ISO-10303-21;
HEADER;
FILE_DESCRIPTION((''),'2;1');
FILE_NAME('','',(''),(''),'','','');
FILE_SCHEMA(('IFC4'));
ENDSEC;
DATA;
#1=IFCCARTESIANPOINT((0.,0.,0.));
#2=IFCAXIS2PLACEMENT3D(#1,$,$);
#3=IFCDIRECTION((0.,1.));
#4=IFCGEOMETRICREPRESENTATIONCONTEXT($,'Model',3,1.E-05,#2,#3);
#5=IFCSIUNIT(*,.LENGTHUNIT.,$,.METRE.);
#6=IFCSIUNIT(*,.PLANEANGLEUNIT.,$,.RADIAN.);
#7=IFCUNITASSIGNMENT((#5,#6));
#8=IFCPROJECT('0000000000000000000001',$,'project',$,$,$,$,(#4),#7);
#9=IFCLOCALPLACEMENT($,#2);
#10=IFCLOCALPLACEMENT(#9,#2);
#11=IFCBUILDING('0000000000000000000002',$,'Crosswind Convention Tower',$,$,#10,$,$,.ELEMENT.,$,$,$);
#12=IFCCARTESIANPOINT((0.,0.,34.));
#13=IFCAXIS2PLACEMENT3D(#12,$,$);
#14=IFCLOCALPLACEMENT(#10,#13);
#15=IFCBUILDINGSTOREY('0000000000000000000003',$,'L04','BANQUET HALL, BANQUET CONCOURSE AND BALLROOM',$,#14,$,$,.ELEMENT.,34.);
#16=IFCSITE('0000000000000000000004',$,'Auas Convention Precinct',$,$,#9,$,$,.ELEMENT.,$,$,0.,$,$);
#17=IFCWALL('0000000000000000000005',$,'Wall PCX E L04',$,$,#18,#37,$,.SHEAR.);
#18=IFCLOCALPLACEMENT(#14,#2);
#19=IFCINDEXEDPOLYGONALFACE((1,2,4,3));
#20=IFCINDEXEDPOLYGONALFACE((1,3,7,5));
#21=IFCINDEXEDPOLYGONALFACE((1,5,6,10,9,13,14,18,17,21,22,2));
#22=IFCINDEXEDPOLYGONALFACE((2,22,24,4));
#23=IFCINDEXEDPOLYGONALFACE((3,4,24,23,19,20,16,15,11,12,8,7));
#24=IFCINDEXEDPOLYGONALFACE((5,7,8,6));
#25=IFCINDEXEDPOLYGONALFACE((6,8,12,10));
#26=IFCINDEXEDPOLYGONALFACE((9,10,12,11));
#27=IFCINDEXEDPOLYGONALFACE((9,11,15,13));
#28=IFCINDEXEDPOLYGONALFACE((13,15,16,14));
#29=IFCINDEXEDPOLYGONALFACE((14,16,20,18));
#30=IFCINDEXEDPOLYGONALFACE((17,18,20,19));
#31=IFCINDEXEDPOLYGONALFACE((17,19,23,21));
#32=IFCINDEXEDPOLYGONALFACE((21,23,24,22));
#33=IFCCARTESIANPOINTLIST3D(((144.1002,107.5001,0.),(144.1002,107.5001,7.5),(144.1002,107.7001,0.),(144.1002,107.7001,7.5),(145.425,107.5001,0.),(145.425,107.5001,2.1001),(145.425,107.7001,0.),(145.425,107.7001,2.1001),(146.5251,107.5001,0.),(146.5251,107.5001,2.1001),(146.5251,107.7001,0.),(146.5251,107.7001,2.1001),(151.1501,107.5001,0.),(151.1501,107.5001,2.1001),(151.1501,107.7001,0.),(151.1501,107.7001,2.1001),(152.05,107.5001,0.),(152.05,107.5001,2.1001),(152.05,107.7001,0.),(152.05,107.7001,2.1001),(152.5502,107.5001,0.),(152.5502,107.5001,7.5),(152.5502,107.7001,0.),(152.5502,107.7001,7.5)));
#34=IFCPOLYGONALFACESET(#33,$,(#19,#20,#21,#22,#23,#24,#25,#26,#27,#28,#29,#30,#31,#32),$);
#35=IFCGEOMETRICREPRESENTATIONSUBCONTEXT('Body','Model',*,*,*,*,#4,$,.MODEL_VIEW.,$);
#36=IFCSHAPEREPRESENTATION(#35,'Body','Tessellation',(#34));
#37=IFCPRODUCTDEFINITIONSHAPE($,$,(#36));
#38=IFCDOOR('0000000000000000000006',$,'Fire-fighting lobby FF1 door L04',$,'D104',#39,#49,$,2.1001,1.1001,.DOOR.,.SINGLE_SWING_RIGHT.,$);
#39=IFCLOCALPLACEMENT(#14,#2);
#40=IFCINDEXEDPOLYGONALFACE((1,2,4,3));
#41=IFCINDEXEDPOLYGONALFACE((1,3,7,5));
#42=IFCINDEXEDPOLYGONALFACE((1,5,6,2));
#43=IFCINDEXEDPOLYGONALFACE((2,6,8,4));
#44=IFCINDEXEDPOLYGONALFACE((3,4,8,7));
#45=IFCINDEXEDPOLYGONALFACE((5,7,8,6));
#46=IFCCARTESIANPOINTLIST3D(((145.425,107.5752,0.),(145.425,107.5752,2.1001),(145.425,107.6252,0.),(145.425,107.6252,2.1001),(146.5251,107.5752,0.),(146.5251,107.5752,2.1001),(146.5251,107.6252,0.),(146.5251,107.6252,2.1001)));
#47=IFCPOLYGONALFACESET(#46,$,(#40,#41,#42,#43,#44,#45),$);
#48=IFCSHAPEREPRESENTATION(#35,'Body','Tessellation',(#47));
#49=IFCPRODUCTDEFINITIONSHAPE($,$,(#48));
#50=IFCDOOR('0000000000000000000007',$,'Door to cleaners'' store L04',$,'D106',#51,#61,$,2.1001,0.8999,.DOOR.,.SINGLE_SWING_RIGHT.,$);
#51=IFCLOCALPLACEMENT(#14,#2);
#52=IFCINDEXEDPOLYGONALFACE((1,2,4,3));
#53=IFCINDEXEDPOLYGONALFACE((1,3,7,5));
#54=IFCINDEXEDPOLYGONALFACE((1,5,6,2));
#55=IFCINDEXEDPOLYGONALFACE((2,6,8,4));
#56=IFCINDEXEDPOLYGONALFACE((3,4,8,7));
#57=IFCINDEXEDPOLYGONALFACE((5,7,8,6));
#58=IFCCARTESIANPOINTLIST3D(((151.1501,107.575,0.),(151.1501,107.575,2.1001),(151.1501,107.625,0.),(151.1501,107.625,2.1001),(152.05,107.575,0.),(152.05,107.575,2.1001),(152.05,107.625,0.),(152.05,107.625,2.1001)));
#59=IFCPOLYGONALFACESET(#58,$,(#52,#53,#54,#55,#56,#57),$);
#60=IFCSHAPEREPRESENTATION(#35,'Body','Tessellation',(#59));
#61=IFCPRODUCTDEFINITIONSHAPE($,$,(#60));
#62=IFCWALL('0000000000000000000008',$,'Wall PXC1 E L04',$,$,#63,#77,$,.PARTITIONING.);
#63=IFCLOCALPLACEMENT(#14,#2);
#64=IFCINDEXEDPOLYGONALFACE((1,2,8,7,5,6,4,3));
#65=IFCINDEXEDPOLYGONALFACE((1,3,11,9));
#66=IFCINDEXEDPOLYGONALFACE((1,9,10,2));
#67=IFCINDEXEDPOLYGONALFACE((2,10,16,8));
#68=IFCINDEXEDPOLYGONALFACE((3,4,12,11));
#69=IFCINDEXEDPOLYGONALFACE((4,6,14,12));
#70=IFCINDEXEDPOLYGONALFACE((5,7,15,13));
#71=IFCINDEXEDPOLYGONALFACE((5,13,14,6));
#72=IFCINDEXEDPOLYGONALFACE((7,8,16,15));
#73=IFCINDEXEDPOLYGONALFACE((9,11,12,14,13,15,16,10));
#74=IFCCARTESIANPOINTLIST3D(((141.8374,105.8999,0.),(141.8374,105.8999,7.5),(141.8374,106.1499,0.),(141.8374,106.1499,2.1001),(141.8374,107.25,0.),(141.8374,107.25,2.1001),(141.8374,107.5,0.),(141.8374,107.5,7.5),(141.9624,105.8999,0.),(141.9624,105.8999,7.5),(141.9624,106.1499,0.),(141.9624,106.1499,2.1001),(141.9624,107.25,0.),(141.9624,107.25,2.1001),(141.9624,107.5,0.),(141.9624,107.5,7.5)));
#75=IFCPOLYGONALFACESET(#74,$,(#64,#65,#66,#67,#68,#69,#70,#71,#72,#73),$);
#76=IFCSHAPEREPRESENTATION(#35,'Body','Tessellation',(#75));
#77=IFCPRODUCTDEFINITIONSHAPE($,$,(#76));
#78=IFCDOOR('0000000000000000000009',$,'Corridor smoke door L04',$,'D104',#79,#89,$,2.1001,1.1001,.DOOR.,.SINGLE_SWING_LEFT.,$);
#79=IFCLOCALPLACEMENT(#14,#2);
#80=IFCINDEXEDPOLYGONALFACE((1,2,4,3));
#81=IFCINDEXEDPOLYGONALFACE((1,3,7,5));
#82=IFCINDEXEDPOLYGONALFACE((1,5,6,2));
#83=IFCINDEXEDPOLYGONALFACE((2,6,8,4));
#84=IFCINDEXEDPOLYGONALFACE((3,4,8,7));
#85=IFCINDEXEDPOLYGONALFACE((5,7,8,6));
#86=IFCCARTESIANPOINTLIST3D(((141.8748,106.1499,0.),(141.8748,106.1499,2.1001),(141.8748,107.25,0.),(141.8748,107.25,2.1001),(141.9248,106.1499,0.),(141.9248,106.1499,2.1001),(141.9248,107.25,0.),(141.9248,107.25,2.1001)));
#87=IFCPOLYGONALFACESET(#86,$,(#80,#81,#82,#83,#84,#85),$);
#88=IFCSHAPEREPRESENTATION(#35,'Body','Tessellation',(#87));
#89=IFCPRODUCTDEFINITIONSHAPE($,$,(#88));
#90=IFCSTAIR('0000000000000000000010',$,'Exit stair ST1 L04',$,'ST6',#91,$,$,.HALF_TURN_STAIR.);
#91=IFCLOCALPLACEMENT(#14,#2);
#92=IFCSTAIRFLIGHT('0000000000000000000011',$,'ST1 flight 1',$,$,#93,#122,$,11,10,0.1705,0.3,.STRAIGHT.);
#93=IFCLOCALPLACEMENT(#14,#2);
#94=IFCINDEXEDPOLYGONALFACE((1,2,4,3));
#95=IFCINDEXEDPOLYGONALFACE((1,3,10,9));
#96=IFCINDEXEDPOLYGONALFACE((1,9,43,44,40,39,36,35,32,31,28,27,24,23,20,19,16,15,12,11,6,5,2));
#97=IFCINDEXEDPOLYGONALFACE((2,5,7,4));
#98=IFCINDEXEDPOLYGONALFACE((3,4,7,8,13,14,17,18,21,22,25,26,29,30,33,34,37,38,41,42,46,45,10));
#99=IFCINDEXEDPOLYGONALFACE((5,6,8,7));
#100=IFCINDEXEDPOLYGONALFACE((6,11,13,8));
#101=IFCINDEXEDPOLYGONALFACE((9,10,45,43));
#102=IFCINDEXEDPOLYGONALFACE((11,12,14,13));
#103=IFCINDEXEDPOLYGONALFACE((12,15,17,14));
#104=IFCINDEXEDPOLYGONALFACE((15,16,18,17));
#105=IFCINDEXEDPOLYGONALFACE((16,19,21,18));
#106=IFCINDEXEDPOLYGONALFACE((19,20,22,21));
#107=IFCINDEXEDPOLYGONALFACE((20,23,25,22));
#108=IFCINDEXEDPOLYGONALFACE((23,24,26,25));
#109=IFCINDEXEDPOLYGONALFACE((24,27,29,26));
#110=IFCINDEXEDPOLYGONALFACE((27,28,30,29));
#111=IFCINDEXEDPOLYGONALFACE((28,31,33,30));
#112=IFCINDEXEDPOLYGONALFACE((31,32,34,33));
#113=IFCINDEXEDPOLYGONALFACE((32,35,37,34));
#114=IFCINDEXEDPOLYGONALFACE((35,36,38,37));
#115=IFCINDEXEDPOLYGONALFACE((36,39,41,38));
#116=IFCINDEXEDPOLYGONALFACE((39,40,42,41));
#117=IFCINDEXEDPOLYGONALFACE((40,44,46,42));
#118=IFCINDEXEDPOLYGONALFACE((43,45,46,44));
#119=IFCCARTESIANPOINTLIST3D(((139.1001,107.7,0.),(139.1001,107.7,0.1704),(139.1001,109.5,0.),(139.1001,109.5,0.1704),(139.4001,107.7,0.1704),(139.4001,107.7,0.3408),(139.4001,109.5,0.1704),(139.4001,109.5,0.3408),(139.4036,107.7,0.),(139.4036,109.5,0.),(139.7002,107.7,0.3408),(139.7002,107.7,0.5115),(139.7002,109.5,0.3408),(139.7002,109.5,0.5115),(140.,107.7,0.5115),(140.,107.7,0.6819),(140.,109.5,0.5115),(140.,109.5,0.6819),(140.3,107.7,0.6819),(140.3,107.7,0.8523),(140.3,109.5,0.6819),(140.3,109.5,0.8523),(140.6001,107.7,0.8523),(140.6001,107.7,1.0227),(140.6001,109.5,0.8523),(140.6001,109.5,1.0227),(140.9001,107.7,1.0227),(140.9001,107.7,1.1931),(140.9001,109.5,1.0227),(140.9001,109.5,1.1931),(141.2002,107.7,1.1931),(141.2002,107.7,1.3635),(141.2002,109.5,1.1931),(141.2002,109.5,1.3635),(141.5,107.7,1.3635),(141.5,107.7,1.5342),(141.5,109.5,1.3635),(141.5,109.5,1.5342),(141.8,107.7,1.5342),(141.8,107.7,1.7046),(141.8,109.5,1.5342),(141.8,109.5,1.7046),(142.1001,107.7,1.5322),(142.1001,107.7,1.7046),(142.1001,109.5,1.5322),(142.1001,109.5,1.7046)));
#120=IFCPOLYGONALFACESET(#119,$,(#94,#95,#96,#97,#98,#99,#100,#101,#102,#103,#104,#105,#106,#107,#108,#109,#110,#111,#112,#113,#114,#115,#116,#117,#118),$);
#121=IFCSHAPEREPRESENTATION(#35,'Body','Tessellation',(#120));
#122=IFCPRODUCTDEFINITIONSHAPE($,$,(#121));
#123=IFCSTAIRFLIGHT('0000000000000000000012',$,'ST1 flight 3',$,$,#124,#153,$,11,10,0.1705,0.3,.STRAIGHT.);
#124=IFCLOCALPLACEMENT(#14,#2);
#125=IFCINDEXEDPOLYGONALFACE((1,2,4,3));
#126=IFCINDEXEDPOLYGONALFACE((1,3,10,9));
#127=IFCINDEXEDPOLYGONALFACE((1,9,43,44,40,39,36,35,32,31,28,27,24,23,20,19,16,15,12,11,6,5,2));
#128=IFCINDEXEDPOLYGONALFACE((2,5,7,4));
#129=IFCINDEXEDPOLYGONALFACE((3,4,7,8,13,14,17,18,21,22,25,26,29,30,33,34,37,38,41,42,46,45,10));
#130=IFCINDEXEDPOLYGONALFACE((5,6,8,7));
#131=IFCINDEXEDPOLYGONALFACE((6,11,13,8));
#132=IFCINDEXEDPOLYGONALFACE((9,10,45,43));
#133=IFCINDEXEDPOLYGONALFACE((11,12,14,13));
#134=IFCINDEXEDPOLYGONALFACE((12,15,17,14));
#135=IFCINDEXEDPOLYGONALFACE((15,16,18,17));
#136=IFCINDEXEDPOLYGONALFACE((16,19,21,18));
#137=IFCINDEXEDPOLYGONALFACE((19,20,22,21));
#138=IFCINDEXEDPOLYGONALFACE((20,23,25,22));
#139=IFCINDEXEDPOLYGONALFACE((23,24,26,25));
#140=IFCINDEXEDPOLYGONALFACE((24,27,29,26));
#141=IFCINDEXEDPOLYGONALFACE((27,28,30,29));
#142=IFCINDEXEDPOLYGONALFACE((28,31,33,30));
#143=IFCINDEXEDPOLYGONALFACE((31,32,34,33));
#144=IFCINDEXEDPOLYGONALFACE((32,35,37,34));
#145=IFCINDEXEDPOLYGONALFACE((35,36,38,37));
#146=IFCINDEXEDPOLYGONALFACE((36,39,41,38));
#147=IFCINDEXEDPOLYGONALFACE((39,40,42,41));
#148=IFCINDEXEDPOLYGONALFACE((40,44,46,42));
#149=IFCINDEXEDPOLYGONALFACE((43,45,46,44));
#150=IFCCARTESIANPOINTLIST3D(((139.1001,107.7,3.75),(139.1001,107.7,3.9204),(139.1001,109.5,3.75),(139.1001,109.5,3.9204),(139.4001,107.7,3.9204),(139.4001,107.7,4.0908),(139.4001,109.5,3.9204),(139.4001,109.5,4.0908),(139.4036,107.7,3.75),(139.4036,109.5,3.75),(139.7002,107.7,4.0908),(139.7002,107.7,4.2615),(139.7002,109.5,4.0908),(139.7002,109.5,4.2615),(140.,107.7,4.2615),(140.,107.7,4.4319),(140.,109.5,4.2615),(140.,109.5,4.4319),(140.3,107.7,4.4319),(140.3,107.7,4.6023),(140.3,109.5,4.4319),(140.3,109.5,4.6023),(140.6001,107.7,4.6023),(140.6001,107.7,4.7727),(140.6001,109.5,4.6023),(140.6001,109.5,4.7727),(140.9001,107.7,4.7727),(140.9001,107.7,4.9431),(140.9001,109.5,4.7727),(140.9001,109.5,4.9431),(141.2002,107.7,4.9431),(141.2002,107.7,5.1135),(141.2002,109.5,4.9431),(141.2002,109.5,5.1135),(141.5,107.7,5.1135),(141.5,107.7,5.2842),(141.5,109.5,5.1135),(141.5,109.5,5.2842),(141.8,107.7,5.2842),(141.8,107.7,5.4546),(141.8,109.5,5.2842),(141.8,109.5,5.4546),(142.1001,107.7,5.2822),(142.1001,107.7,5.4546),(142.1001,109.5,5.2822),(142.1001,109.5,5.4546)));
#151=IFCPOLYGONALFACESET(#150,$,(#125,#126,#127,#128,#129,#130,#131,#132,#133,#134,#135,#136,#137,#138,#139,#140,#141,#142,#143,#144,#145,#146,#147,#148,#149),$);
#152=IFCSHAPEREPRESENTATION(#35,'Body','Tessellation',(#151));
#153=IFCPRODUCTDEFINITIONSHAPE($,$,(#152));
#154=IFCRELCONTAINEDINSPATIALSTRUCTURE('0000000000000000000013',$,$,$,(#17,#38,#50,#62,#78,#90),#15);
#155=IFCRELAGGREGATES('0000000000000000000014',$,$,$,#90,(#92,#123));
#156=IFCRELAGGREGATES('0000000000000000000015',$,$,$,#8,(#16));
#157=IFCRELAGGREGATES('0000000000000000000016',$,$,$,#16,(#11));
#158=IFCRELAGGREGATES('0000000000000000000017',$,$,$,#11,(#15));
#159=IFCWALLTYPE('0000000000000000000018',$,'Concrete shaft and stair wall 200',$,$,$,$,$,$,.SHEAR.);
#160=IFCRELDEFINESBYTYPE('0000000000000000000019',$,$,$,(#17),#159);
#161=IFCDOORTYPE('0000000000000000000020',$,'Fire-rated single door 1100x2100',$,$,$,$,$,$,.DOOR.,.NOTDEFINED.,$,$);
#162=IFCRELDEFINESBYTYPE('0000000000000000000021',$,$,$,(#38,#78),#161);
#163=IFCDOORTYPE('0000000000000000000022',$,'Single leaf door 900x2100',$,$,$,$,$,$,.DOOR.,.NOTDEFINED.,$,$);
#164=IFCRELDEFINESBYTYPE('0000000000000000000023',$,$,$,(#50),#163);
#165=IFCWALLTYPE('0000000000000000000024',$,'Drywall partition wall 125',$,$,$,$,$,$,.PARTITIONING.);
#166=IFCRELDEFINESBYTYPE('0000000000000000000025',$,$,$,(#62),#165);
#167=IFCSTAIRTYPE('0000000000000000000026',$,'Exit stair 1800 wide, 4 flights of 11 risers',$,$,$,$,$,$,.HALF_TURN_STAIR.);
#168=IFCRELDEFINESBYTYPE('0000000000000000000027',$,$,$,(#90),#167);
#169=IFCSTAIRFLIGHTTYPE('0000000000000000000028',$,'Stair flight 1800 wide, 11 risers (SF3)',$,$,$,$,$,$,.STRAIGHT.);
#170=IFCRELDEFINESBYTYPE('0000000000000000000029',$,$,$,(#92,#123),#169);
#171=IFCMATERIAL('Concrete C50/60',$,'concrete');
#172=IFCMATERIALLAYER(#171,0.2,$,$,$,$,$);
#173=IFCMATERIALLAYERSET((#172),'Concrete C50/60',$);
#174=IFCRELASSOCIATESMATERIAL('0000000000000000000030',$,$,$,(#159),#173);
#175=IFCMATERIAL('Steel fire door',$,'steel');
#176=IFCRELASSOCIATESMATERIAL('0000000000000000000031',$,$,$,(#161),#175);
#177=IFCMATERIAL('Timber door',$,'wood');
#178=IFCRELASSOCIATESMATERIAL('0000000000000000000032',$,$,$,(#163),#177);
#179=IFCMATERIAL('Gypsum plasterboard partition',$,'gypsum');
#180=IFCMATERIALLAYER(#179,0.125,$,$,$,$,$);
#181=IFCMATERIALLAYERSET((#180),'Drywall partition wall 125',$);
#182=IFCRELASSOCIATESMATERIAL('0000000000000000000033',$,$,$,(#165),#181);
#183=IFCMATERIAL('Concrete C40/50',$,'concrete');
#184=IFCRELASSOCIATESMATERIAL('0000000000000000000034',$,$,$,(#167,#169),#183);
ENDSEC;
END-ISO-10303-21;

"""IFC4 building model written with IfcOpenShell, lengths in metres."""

from ifc_helpers import new_model, si_unit, direction, frame, frame_2d, origin, place, context, subcontext, project, spatial, polyline, rectangle, outline, extrude, material, layer, layer_set, type_object, element, fill, aggregate, save


model = new_model("IFC4")

# Units and contexts
model_context = context("Model", 3, precision=1e-05, world=origin(), true_north=direction((0.0, 1.0)))
body_context = subcontext(model_context, "Body", "Model", "MODEL_VIEW")
ifc_project = project(units=[si_unit("LENGTHUNIT", "METRE"), si_unit("PLANEANGLEUNIT", "RADIAN")], contexts=[model_context])

# Site, building, storey
site_placement = place(None, origin())
site = spatial("IfcSite", under=ifc_project, at=site_placement, Name="Auas Convention Precinct", CompositionType="ELEMENT", RefElevation=0.0)
building_placement = place(site_placement, origin())
building = spatial("IfcBuilding", under=site, at=building_placement, Name="Crosswind Convention Tower", CompositionType="ELEMENT")
storey_placement = place(building_placement, frame((0.0, 0.0, 34.0)))
storey = spatial("IfcBuildingStorey", under=building, at=storey_placement, Name="L04", Description="BANQUET HALL, BANQUET CONCOURSE AND BALLROOM", CompositionType="ELEMENT", Elevation=34.0)

# Shared definitions
ifc_material_1 = material(Name="Concrete C50/60", Category="concrete")
ifc_layer_1 = layer(ifc_material_1, 0.2)
ifc_layer_set_1 = layer_set([ifc_layer_1], Name="Concrete C50/60")
wall_type_1 = type_object("IfcWallType", Name="Concrete shaft and stair wall 200", PredefinedType="SHEAR", material=ifc_layer_set_1)

# Wall, openings, doors
wall_1_placement = place(storey_placement, frame((144.1001, 107.6001, 0.0), z_axis=(0.0, 0.0, 1.0), x_axis=(1.0, 0.0, 0.0)))
wall_1 = element("IfcWall", 1, at=wall_1_placement, inside=storey, type_object=wall_type_1, Name="Wall PCX E L04", PredefinedType="SHEAR", context=body_context, shape_type="SweptSolid", body=[
    extrude(rectangle(XDim=8.45, YDim=0.2, at=frame_2d((4.2251, 0.0))), origin(), (0.0, 0.0, 1.0), 7.5),
])
opening_1_placement = place(wall_1_placement, frame((1.325, 0.0, 0.0)))
opening_1 = element("IfcOpeningElement", 2, at=opening_1_placement, cuts=wall_1, PredefinedType="OPENING", context=body_context, shape_type="SweptSolid", body=[
    extrude(rectangle(XDim=1.1001, YDim=2.1001, at=frame_2d((0.55, 1.05))), frame((0.0, 0.1099, 0.0), z_axis=(0.0, -1.0, 0.0), x_axis=(1.0, 0.0, 0.0)), (0.0, 0.0, 1.0), 0.22),
])
opening_2_placement = place(wall_1_placement, frame((7.05, 0.0, 0.0)))
opening_2 = element("IfcOpeningElement", 3, at=opening_2_placement, cuts=wall_1, PredefinedType="OPENING", context=body_context, shape_type="SweptSolid", body=[
    extrude(rectangle(XDim=0.8999, YDim=2.1001, at=frame_2d((0.45, 1.05))), frame((0.0, 0.1099, 0.0), z_axis=(0.0, -1.0, 0.0), x_axis=(1.0, 0.0, 0.0)), (0.0, 0.0, 1.0), 0.22),
])
ifc_material_2 = material(Name="Steel fire door", Category="steel")
door_type_1 = type_object("IfcDoorType", Name="Fire-rated single door 1100x2100", OperationType="NOTDEFINED", PredefinedType="DOOR", material=ifc_material_2)
door_1_placement = place(opening_1_placement, frame((1.1001, 0.0, 0.0), z_axis=(0.0, 0.0, 1.0), x_axis=(-1.0, 0.0, 0.0)))
door_1 = element("IfcDoor", 4, at=door_1_placement, inside=storey, type_object=door_type_1, Name="Fire-fighting lobby FF1 door L04", ObjectType="D104", OperationType="SINGLE_SWING_RIGHT", OverallHeight=2.1001, OverallWidth=1.1001, PredefinedType="DOOR", context=body_context, shape_type="SweptSolid", body=[
    extrude(rectangle(XDim=1.1001, YDim=2.1001, at=frame_2d((0.55, 1.05))), frame((0.0, 0.0249, 0.0), z_axis=(0.0, -1.0, 0.0), x_axis=(1.0, 0.0, 0.0)), (0.0, 0.0, 1.0), 0.05),
])
fill(opening_1, door_1)
ifc_material_3 = material(Name="Timber door", Category="wood")
door_type_2 = type_object("IfcDoorType", Name="Single leaf door 900x2100", OperationType="NOTDEFINED", PredefinedType="DOOR", material=ifc_material_3)
door_2_placement = place(opening_2_placement, origin())
door_2 = element("IfcDoor", 5, at=door_2_placement, inside=storey, type_object=door_type_2, Name="Door to cleaners' store L04", ObjectType="D106", OperationType="SINGLE_SWING_RIGHT", OverallHeight=2.1001, OverallWidth=0.8999, PredefinedType="DOOR", context=body_context, shape_type="SweptSolid", body=[
    extrude(rectangle(XDim=0.8999, YDim=2.1001, at=frame_2d((0.45, 1.05))), frame((0.0, 0.0249, 0.0), z_axis=(0.0, -1.0, 0.0), x_axis=(1.0, 0.0, 0.0)), (0.0, 0.0, 1.0), 0.05),
])
fill(opening_2, door_2)

# Wall, opening, door
ifc_material_4 = material(Name="Gypsum plasterboard partition", Category="gypsum")
ifc_layer_2 = layer(ifc_material_4, 0.125)
ifc_layer_set_2 = layer_set([ifc_layer_2], Name="Drywall partition wall 125")
wall_type_2 = type_object("IfcWallType", Name="Drywall partition wall 125", PredefinedType="PARTITIONING", material=ifc_layer_set_2)
wall_2_placement = place(storey_placement, frame((141.8999, 105.8999, 0.0), z_axis=(0.0, 0.0, 1.0), x_axis=(0.0, 1.0, 0.0)))
wall_2 = element("IfcWall", 6, at=wall_2_placement, inside=storey, type_object=wall_type_2, Name="Wall PXC1 E L04", PredefinedType="PARTITIONING", context=body_context, shape_type="SweptSolid", body=[
    extrude(rectangle(XDim=1.6001, YDim=0.125, at=frame_2d((0.8, 0.0))), origin(), (0.0, 0.0, 1.0), 7.5),
])
opening_3_placement = place(wall_2_placement, frame((0.25, 0.0, 0.0)))
opening_3 = element("IfcOpeningElement", 7, at=opening_3_placement, cuts=wall_2, PredefinedType="OPENING", context=body_context, shape_type="SweptSolid", body=[
    extrude(rectangle(XDim=1.1001, YDim=2.1001, at=frame_2d((0.55, 1.05))), frame((0.0, 0.0725, 0.0), z_axis=(0.0, -1.0, 0.0), x_axis=(1.0, 0.0, 0.0)), (0.0, 0.0, 1.0), 0.145),
])
door_3_placement = place(opening_3_placement, frame((1.1001, 0.0, 0.0), z_axis=(0.0, 0.0, 1.0), x_axis=(-1.0, 0.0, 0.0)))
door_3 = element("IfcDoor", 8, at=door_3_placement, inside=storey, type_object=door_type_1, Name="Corridor smoke door L04", ObjectType="D104", OperationType="SINGLE_SWING_LEFT", OverallHeight=2.1001, OverallWidth=1.1001, PredefinedType="DOOR", context=body_context, shape_type="SweptSolid", body=[
    extrude(rectangle(XDim=1.1001, YDim=2.1001, at=frame_2d((0.55, 1.05))), frame((0.0, 0.0249, 0.0), z_axis=(0.0, -1.0, 0.0), x_axis=(1.0, 0.0, 0.0)), (0.0, 0.0, 1.0), 0.05),
])
fill(opening_3, door_3)

# Stair, stair flights
ifc_material_5 = material(Name="Concrete C40/50", Category="concrete")
stair_type = type_object("IfcStairType", Name="Exit stair 1800 wide, 4 flights of 11 risers", PredefinedType="HALF_TURN_STAIR", material=ifc_material_5)
stair_placement = place(storey_placement, origin())
stair = element("IfcStair", 9, at=stair_placement, inside=storey, type_object=stair_type, Name="Exit stair ST1 L04", ObjectType="ST6", PredefinedType="HALF_TURN_STAIR")
stair_flight_type = type_object("IfcStairFlightType", Name="Stair flight 1800 wide, 11 risers (SF3)", PredefinedType="STRAIGHT", material=ifc_material_5)
stair_flight_1_placement = place(storey_placement, frame((139.1001, 108.6001, 0.0), z_axis=(0.0, 0.0, 1.0), x_axis=(1.0, 0.0, 0.0)))
stair_flight_1 = element("IfcStairFlight", 10, at=stair_flight_1_placement, type_object=stair_flight_type, Name="ST1 flight 1", NumberOfRisers=11, NumberOfTreads=10, PredefinedType="STRAIGHT", RiserHeight=0.1705, TreadLength=0.3, context=body_context, shape_type="SweptSolid", body=[
    extrude(outline(polyline([(0.0, 0.0), (0.0, 0.1704), (0.3, 0.1704), (0.3, 0.3408), (0.6001, 0.3408), (0.6001, 0.5115), (0.8999, 0.5115), (0.8999, 0.6819), (1.2, 0.6819), (1.2, 0.8523), (1.5, 0.8523), (1.5, 1.0227), (1.8, 1.0227), (1.8, 1.1931), (2.1001, 1.1931), (2.1001, 1.3635), (2.3999, 1.3635), (2.3999, 1.5342), (2.7, 1.5342), (2.7, 1.7046), (3.0, 1.7046), (3.0, 1.875), (3.0, 1.5322), (0.3035, 0.0), (0.0, 0.0)])), frame((0.0, 0.8999, 0.0), z_axis=(0.0, -1.0, 0.0), x_axis=(1.0, 0.0, 0.0)), (0.0, 0.0, 1.0), 1.8),
])
stair_flight_2_placement = place(storey_placement, frame((139.1001, 108.6001, 3.75), z_axis=(0.0, 0.0, 1.0), x_axis=(1.0, 0.0, 0.0)))
stair_flight_2 = element("IfcStairFlight", 11, at=stair_flight_2_placement, type_object=stair_flight_type, Name="ST1 flight 3", NumberOfRisers=11, NumberOfTreads=10, PredefinedType="STRAIGHT", RiserHeight=0.1705, TreadLength=0.3, context=body_context, shape_type="SweptSolid", body=[
    extrude(outline(polyline([(0.0, 0.0), (0.0, 0.1704), (0.3, 0.1704), (0.3, 0.3408), (0.6001, 0.3408), (0.6001, 0.5115), (0.8999, 0.5115), (0.8999, 0.6819), (1.2, 0.6819), (1.2, 0.8523), (1.5, 0.8523), (1.5, 1.0227), (1.8, 1.0227), (1.8, 1.1931), (2.1001, 1.1931), (2.1001, 1.3635), (2.3999, 1.3635), (2.3999, 1.5342), (2.7, 1.5342), (2.7, 1.7046), (3.0, 1.7046), (3.0, 1.875), (3.0, 1.5322), (0.3035, 0.0), (0.0, 0.0)])), frame((0.0, 0.8999, 0.0), z_axis=(0.0, -1.0, 0.0), x_axis=(1.0, 0.0, 0.0)), (0.0, 0.0, 1.0), 1.8),
])
aggregate(stair, [stair_flight_1, stair_flight_2])

save(model, "model.ifc")
